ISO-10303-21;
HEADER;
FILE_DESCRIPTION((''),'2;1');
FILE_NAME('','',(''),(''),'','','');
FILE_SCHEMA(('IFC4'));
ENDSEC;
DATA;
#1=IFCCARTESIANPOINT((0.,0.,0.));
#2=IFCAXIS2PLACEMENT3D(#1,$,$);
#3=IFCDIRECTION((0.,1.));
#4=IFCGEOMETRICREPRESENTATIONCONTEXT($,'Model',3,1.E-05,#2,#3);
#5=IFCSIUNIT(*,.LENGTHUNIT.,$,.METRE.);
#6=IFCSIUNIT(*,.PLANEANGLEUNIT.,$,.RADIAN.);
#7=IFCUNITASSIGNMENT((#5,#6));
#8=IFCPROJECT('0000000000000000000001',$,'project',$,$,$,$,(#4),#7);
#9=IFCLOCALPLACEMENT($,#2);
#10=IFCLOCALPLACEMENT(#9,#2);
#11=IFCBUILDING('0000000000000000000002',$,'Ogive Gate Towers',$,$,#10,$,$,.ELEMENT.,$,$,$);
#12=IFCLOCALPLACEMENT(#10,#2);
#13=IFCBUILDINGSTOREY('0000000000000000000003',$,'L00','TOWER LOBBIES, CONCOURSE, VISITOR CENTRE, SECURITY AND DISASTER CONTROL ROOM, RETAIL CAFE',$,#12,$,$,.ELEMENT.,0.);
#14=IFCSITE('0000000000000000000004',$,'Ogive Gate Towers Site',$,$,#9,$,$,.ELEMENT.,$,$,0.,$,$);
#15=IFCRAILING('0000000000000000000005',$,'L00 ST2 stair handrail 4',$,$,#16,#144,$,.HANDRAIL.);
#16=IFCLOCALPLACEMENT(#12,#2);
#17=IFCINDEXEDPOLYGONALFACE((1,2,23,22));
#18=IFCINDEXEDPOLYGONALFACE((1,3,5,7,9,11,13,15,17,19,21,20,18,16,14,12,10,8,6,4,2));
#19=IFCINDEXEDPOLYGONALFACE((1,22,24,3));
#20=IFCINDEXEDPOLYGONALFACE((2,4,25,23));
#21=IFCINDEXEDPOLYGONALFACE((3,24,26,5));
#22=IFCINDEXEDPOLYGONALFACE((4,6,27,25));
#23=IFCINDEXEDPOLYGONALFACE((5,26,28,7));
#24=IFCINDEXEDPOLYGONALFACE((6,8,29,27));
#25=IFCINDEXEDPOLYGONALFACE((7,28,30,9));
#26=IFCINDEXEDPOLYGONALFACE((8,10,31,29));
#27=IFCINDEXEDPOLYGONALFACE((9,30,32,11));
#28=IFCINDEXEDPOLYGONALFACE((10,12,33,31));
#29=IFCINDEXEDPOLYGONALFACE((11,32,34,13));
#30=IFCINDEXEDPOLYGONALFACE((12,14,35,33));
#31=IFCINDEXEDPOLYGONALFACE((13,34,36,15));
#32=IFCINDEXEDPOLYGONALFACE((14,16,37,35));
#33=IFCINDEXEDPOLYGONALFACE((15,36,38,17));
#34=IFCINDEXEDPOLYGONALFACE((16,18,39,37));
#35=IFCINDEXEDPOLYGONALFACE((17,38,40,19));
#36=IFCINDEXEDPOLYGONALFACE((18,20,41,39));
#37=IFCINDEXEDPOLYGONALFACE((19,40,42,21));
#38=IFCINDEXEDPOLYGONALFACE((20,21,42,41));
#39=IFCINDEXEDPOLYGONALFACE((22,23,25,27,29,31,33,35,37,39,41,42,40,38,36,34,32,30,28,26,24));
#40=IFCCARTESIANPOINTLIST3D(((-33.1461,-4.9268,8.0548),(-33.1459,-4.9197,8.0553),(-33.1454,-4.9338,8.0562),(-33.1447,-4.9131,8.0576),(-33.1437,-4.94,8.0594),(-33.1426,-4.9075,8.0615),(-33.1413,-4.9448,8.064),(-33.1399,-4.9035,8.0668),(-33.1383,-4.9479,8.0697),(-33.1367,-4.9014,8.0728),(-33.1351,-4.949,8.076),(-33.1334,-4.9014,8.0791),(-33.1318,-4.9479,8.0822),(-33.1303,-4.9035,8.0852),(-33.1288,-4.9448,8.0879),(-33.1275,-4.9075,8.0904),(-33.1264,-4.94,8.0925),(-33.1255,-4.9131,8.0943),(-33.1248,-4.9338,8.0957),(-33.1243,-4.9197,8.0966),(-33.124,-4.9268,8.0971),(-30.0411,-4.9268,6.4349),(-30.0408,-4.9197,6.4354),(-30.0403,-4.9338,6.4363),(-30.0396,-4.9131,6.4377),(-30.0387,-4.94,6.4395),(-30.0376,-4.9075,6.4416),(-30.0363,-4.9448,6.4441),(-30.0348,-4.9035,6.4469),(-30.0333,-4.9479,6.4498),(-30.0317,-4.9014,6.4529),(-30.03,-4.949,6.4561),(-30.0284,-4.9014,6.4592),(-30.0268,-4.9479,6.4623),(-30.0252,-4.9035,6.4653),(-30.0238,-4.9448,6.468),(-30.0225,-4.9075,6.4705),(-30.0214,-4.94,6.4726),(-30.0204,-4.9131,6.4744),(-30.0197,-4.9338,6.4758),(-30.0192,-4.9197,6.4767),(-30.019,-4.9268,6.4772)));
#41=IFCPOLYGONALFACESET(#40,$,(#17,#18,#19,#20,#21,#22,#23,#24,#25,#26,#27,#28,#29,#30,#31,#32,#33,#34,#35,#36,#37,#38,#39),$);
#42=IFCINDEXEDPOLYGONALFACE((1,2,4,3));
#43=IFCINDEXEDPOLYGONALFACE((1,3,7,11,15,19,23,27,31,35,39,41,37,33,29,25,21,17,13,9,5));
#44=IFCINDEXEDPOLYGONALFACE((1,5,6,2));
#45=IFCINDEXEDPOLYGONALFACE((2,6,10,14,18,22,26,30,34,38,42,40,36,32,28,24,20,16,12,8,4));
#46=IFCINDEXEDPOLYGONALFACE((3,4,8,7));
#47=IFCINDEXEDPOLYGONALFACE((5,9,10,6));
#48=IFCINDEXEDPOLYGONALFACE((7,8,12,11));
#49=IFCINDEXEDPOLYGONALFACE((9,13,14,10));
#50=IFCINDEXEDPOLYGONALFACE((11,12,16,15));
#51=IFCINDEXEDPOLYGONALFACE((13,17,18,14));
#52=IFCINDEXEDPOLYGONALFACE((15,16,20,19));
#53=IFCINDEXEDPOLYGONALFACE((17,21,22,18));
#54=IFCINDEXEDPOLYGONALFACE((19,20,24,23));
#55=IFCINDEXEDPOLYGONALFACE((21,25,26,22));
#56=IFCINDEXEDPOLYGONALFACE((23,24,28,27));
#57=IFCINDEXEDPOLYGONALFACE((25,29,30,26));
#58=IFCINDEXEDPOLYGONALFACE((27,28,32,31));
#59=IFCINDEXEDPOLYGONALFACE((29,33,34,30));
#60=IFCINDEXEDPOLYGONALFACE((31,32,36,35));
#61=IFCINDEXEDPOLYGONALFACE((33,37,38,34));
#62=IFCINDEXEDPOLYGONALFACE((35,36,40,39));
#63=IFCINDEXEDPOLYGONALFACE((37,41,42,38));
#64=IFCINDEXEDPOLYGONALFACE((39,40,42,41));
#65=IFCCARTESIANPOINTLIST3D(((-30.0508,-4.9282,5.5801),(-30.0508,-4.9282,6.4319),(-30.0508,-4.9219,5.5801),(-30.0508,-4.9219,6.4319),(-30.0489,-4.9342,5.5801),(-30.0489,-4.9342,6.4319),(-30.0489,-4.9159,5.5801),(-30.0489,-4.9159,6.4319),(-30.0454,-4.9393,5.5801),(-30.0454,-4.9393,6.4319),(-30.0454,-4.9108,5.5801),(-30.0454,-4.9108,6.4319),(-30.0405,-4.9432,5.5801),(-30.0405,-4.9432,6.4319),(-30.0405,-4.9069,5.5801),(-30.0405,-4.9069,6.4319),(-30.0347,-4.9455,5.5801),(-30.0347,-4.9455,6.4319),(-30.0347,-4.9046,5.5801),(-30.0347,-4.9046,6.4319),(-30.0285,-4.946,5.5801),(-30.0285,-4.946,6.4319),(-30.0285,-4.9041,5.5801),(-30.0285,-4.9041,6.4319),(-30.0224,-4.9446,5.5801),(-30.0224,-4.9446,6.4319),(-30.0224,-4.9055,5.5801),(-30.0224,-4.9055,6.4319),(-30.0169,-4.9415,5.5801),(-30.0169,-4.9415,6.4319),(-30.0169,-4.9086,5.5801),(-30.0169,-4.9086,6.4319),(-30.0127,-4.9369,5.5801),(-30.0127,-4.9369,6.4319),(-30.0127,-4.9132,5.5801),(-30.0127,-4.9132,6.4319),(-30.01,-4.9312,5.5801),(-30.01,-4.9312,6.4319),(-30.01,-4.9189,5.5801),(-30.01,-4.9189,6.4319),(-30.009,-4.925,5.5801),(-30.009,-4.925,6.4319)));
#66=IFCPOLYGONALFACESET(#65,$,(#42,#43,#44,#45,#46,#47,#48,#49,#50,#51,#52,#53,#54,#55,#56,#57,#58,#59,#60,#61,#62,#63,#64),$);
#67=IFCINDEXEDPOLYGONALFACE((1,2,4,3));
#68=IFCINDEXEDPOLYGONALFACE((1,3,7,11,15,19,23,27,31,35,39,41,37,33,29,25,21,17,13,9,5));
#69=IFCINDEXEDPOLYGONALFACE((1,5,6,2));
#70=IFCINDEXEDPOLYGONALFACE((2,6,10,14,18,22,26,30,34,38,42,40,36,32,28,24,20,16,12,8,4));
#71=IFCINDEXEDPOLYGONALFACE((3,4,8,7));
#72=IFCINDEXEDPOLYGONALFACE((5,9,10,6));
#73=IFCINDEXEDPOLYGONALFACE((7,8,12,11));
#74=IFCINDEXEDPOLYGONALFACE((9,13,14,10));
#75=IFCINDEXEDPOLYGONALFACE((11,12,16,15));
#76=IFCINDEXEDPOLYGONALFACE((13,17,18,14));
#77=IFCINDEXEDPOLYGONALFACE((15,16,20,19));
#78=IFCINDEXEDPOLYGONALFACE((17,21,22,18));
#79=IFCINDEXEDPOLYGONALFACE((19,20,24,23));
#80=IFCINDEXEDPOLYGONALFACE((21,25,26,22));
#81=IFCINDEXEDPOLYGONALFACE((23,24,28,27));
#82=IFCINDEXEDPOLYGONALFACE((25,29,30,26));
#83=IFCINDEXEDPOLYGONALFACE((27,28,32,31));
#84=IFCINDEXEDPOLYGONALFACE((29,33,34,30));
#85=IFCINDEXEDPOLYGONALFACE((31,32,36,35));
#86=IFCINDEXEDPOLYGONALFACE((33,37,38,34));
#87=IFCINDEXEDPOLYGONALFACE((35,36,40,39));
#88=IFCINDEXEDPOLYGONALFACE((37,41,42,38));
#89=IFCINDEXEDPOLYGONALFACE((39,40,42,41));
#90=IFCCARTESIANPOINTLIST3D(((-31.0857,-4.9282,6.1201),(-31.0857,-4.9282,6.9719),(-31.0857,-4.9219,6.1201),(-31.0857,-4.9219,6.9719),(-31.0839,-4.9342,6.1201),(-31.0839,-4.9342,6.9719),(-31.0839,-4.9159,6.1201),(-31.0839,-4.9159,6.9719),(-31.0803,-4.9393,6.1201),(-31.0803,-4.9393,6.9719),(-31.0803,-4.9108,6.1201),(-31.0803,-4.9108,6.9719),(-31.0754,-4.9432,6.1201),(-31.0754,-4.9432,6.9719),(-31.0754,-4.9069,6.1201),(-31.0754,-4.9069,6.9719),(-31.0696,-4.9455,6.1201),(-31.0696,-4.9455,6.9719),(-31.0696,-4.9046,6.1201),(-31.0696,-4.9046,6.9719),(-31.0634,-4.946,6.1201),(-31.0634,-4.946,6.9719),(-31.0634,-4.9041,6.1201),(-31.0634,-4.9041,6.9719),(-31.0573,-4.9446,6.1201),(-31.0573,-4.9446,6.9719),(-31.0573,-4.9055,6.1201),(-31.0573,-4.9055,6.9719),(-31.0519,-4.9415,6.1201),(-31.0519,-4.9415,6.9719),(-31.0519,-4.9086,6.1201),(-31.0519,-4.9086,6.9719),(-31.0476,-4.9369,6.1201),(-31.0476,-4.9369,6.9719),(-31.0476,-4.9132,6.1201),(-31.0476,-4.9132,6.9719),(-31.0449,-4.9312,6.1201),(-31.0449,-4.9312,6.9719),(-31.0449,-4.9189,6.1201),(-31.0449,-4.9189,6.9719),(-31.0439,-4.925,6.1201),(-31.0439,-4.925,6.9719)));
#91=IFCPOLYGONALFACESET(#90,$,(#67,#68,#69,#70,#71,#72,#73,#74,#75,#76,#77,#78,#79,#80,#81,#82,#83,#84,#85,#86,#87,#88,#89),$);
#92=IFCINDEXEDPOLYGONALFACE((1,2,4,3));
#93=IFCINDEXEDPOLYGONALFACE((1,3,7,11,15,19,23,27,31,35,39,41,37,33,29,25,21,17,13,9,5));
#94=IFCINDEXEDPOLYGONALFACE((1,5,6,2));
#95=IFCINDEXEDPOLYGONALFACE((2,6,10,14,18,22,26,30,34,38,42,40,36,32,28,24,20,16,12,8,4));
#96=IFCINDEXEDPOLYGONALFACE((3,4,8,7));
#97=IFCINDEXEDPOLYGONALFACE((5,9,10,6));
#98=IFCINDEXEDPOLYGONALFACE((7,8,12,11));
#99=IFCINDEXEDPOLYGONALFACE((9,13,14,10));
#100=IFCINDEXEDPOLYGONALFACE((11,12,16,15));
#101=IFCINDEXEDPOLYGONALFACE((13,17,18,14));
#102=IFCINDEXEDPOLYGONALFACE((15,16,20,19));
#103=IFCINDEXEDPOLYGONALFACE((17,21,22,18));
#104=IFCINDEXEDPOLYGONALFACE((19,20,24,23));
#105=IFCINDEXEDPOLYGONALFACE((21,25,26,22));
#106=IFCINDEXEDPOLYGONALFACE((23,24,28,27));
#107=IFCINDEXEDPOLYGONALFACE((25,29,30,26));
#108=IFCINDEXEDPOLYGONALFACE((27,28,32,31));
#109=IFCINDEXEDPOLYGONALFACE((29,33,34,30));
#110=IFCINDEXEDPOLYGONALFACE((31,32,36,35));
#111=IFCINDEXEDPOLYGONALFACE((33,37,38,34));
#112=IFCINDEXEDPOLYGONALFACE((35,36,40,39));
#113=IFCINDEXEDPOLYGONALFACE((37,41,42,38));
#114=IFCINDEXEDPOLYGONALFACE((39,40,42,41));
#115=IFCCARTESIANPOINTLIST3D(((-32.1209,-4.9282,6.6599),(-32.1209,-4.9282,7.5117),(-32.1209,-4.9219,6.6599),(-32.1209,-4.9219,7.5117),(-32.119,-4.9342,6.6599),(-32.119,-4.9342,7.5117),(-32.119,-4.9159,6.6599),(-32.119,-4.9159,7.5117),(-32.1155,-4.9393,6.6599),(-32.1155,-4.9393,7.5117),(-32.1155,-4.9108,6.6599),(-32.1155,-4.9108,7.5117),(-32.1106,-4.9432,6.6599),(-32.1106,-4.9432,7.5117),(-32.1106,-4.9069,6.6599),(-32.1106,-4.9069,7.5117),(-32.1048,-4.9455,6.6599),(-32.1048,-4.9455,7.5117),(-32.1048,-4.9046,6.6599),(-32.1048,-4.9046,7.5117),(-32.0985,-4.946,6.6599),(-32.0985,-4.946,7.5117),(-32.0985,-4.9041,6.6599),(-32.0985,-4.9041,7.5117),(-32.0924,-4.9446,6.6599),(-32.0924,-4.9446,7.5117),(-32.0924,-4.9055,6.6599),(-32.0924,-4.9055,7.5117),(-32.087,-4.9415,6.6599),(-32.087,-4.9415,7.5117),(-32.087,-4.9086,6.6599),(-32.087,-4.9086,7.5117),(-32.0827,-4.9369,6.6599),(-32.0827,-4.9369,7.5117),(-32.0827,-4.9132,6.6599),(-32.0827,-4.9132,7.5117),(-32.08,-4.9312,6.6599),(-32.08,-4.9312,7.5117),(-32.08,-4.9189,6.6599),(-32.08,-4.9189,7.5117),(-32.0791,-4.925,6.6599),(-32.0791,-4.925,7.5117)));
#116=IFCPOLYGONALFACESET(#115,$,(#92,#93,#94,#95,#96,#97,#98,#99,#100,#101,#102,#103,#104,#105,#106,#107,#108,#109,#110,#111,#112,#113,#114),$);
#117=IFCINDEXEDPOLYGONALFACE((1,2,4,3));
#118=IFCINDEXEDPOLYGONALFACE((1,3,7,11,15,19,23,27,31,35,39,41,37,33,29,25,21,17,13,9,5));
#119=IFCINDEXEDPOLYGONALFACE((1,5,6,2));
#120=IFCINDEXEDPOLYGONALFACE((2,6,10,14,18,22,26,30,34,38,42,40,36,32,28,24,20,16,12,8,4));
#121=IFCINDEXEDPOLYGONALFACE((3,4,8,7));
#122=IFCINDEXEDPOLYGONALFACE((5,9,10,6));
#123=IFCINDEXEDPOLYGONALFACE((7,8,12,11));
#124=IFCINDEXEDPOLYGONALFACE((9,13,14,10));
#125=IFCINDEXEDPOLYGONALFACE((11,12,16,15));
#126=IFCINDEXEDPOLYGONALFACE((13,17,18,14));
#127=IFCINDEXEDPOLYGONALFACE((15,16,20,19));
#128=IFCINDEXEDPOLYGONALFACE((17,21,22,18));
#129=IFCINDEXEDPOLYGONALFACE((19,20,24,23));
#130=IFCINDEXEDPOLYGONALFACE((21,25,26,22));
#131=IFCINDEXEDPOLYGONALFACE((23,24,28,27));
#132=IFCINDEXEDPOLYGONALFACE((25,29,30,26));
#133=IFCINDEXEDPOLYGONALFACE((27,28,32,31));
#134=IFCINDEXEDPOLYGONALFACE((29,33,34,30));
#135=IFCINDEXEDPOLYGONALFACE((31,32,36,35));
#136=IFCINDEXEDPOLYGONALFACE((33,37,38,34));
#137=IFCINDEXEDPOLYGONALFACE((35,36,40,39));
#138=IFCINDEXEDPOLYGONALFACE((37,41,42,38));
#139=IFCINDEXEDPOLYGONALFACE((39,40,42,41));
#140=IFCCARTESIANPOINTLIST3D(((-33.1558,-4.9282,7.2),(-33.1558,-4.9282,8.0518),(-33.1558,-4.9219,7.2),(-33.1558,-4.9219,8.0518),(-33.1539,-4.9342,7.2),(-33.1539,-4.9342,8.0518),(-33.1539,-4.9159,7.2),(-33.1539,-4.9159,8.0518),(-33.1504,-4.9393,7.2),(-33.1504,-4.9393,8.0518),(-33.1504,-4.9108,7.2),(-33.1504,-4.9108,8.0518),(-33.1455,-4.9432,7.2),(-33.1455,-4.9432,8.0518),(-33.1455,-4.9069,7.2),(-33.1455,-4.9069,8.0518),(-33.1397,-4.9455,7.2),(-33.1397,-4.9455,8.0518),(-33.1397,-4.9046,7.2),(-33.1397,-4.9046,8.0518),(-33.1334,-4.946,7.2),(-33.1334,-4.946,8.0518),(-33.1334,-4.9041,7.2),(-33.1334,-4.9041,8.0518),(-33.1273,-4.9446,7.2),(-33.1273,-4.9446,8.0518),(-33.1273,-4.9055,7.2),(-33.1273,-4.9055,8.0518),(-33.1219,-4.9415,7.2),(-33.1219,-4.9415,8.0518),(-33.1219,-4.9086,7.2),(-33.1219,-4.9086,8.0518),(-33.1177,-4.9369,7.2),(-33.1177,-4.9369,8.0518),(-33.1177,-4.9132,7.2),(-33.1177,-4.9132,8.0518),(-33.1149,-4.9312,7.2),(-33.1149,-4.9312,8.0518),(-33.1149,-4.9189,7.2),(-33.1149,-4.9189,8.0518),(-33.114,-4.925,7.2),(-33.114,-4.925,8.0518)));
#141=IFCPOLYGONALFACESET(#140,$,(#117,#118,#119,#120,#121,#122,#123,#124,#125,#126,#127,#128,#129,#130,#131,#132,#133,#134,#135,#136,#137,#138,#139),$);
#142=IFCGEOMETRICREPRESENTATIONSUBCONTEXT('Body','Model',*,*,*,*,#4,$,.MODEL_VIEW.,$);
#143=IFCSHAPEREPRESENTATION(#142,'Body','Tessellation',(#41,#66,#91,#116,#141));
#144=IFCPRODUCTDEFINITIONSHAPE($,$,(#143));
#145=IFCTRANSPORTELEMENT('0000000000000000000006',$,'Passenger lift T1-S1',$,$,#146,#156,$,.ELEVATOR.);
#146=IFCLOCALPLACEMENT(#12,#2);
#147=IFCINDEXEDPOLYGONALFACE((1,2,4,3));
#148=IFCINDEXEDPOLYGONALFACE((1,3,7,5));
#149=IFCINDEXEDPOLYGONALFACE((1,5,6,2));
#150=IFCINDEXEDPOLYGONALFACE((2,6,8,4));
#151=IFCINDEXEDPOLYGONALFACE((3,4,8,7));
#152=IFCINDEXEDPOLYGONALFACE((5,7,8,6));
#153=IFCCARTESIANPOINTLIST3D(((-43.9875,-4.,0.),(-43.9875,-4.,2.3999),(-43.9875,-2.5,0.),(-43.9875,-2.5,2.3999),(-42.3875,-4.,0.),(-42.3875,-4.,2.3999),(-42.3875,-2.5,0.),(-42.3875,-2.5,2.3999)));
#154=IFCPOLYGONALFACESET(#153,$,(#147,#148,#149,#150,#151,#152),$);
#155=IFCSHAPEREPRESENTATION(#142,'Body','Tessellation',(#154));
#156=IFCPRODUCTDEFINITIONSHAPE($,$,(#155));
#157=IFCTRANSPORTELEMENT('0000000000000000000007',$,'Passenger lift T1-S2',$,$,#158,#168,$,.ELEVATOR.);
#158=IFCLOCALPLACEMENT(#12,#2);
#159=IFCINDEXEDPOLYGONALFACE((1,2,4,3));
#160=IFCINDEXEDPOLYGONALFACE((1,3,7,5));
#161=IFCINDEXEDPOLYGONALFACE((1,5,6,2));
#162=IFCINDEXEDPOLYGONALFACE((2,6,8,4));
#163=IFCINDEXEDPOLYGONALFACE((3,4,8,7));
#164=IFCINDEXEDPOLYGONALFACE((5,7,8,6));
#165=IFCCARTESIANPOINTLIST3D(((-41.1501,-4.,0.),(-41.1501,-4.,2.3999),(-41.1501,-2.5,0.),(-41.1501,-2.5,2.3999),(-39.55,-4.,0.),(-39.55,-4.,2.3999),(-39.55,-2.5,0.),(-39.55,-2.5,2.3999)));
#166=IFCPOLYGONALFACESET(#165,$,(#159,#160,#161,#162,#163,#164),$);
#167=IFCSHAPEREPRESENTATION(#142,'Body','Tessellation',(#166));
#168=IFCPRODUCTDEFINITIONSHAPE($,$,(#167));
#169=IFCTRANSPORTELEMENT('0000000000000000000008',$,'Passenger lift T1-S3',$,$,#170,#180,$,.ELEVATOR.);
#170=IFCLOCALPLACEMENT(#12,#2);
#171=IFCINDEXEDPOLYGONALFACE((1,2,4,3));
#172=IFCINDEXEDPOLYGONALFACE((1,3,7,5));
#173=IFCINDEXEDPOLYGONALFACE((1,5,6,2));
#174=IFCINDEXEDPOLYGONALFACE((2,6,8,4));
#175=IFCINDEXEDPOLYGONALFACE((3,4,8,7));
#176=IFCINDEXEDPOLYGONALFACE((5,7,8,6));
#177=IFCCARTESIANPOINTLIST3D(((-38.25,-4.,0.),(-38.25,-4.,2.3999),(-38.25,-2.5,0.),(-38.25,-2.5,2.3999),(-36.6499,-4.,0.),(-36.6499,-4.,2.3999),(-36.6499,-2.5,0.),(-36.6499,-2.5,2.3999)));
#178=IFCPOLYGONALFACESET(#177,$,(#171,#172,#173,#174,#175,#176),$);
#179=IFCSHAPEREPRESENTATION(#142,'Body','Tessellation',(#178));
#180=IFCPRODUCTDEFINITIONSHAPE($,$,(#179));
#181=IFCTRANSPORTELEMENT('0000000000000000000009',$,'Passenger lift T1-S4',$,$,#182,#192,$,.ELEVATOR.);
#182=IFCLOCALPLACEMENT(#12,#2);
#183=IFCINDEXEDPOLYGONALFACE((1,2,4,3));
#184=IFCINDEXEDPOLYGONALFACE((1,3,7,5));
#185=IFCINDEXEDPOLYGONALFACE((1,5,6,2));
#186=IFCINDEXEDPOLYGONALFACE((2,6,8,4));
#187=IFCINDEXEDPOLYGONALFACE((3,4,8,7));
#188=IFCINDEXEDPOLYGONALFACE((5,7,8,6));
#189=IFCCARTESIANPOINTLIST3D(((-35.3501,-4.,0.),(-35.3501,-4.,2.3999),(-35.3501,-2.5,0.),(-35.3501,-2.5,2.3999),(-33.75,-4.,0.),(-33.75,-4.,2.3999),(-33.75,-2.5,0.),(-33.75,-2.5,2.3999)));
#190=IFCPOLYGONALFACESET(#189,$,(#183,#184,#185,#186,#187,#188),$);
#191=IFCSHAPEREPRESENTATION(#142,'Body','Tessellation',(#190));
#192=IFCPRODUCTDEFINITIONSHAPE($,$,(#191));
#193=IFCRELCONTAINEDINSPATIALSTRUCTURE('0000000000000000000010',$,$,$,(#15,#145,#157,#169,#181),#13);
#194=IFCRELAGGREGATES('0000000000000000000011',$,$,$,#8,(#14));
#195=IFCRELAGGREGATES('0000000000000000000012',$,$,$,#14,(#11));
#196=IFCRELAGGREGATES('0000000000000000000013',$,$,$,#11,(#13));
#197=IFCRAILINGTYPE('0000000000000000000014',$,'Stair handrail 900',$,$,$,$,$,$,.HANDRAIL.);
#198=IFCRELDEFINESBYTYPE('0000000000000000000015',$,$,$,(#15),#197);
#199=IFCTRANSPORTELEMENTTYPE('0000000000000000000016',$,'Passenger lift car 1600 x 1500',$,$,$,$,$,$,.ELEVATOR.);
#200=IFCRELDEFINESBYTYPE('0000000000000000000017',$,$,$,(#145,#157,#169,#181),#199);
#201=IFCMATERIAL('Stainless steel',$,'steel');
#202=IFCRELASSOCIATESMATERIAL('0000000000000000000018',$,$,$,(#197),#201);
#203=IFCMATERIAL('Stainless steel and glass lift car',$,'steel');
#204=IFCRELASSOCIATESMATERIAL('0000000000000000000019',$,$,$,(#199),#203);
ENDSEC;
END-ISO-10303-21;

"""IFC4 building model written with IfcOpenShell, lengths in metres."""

from ifc_helpers import new_model, si_unit, direction, frame, origin, origin_2d, place, context, subcontext, project, spatial, rectangle, circle, extrude, material, type_object, element, save


model = new_model("IFC4")

# Units and contexts
model_context = context("Model", 3, precision=1e-05, world=origin(), true_north=direction((0.0, 1.0)))
body_context = subcontext(model_context, "Body", "Model", "MODEL_VIEW")
ifc_project = project(units=[si_unit("LENGTHUNIT", "METRE"), si_unit("PLANEANGLEUNIT", "RADIAN")], contexts=[model_context])

# Site, building, storey
site_placement = place(None, origin())
site = spatial("IfcSite", under=ifc_project, at=site_placement, Name="Ogive Gate Towers Site", CompositionType="ELEMENT", RefElevation=0.0)
building_placement = place(site_placement, origin())
building = spatial("IfcBuilding", under=site, at=building_placement, Name="Ogive Gate Towers", CompositionType="ELEMENT")
storey_placement = place(building_placement, origin())
storey = spatial("IfcBuildingStorey", under=building, at=storey_placement, Name="L00", Description="TOWER LOBBIES, CONCOURSE, VISITOR CENTRE, SECURITY AND DISASTER CONTROL ROOM, RETAIL CAFE", CompositionType="ELEMENT", Elevation=0.0)

# Railing
ifc_material_1 = material(Name="Stainless steel", Category="steel")
railing_type_1 = type_object("IfcRailingType", Name="Stair handrail 900", PredefinedType="HANDRAIL", material=ifc_material_1)
railing_1_placement = place(storey_placement, frame((-30.03, -4.925, 5.5801)))
element("IfcRailing", 1, at=railing_1_placement, inside=storey, type_object=railing_type_1, Name="L00 ST2 stair handrail 4", PredefinedType="HANDRAIL", context=body_context, shape_type="SweptSolid", body=[
    extrude(circle(Radius=0.0239, at=origin_2d()), frame((0.0, 0.0, 0.876), z_axis=(-0.886599, 0.0, 0.46254), x_axis=(0.0, -1.0, 0.0)), (0.0, 0.0, 1.0), 3.5022),
    extrude(circle(Radius=0.021, at=origin_2d()), origin(), (0.0, 0.0, 1.0), 0.8518),
    extrude(circle(Radius=0.021, at=origin_2d()), frame((-1.0349, 0.0, 0.54)), (0.0, 0.0, 1.0), 0.8518),
    extrude(circle(Radius=0.021, at=origin_2d()), frame((-2.0701, 0.0, 1.0798)), (0.0, 0.0, 1.0), 0.8518),
    extrude(circle(Radius=0.021, at=origin_2d()), frame((-3.105, 0.0, 1.6199)), (0.0, 0.0, 1.0), 0.8518),
])

# Transport elements
ifc_material_2 = material(Name="Stainless steel and glass lift car", Category="steel")
transport_element_type = type_object("IfcTransportElementType", Name="Passenger lift car 1600 x 1500", PredefinedType="ELEVATOR", material=ifc_material_2)
for number, where, z_axis, x_axis, name in (
    (2, (-43.1875, -3.25, 0.0), (0.0, 0.0, 1.0), (1.0, 0.0, 0.0), "Passenger lift T1-S1"),
    (3, (-40.3501, -3.25, 0.0), (0.0, 0.0, 1.0), (1.0, 0.0, 0.0), "Passenger lift T1-S2"),
    (4, (-37.45, -3.25, 0.0), (0.0, 0.0, 1.0), (1.0, 0.0, 0.0), "Passenger lift T1-S3"),
    (5, (-34.55, -3.25, 0.0), (0.0, 0.0, 1.0), (1.0, 0.0, 0.0), "Passenger lift T1-S4"),
):
    element("IfcTransportElement", number, at=place(storey_placement, frame(where, z_axis=z_axis, x_axis=x_axis)), inside=storey, type_object=transport_element_type, Name=name, PredefinedType="ELEVATOR", context=body_context, shape_type="SweptSolid", body=[
        extrude(rectangle(XDim=1.6001, YDim=1.5, at=origin_2d()), origin(), (0.0, 0.0, 1.0), 2.3999),
    ])

save(model, "model.ifc")
